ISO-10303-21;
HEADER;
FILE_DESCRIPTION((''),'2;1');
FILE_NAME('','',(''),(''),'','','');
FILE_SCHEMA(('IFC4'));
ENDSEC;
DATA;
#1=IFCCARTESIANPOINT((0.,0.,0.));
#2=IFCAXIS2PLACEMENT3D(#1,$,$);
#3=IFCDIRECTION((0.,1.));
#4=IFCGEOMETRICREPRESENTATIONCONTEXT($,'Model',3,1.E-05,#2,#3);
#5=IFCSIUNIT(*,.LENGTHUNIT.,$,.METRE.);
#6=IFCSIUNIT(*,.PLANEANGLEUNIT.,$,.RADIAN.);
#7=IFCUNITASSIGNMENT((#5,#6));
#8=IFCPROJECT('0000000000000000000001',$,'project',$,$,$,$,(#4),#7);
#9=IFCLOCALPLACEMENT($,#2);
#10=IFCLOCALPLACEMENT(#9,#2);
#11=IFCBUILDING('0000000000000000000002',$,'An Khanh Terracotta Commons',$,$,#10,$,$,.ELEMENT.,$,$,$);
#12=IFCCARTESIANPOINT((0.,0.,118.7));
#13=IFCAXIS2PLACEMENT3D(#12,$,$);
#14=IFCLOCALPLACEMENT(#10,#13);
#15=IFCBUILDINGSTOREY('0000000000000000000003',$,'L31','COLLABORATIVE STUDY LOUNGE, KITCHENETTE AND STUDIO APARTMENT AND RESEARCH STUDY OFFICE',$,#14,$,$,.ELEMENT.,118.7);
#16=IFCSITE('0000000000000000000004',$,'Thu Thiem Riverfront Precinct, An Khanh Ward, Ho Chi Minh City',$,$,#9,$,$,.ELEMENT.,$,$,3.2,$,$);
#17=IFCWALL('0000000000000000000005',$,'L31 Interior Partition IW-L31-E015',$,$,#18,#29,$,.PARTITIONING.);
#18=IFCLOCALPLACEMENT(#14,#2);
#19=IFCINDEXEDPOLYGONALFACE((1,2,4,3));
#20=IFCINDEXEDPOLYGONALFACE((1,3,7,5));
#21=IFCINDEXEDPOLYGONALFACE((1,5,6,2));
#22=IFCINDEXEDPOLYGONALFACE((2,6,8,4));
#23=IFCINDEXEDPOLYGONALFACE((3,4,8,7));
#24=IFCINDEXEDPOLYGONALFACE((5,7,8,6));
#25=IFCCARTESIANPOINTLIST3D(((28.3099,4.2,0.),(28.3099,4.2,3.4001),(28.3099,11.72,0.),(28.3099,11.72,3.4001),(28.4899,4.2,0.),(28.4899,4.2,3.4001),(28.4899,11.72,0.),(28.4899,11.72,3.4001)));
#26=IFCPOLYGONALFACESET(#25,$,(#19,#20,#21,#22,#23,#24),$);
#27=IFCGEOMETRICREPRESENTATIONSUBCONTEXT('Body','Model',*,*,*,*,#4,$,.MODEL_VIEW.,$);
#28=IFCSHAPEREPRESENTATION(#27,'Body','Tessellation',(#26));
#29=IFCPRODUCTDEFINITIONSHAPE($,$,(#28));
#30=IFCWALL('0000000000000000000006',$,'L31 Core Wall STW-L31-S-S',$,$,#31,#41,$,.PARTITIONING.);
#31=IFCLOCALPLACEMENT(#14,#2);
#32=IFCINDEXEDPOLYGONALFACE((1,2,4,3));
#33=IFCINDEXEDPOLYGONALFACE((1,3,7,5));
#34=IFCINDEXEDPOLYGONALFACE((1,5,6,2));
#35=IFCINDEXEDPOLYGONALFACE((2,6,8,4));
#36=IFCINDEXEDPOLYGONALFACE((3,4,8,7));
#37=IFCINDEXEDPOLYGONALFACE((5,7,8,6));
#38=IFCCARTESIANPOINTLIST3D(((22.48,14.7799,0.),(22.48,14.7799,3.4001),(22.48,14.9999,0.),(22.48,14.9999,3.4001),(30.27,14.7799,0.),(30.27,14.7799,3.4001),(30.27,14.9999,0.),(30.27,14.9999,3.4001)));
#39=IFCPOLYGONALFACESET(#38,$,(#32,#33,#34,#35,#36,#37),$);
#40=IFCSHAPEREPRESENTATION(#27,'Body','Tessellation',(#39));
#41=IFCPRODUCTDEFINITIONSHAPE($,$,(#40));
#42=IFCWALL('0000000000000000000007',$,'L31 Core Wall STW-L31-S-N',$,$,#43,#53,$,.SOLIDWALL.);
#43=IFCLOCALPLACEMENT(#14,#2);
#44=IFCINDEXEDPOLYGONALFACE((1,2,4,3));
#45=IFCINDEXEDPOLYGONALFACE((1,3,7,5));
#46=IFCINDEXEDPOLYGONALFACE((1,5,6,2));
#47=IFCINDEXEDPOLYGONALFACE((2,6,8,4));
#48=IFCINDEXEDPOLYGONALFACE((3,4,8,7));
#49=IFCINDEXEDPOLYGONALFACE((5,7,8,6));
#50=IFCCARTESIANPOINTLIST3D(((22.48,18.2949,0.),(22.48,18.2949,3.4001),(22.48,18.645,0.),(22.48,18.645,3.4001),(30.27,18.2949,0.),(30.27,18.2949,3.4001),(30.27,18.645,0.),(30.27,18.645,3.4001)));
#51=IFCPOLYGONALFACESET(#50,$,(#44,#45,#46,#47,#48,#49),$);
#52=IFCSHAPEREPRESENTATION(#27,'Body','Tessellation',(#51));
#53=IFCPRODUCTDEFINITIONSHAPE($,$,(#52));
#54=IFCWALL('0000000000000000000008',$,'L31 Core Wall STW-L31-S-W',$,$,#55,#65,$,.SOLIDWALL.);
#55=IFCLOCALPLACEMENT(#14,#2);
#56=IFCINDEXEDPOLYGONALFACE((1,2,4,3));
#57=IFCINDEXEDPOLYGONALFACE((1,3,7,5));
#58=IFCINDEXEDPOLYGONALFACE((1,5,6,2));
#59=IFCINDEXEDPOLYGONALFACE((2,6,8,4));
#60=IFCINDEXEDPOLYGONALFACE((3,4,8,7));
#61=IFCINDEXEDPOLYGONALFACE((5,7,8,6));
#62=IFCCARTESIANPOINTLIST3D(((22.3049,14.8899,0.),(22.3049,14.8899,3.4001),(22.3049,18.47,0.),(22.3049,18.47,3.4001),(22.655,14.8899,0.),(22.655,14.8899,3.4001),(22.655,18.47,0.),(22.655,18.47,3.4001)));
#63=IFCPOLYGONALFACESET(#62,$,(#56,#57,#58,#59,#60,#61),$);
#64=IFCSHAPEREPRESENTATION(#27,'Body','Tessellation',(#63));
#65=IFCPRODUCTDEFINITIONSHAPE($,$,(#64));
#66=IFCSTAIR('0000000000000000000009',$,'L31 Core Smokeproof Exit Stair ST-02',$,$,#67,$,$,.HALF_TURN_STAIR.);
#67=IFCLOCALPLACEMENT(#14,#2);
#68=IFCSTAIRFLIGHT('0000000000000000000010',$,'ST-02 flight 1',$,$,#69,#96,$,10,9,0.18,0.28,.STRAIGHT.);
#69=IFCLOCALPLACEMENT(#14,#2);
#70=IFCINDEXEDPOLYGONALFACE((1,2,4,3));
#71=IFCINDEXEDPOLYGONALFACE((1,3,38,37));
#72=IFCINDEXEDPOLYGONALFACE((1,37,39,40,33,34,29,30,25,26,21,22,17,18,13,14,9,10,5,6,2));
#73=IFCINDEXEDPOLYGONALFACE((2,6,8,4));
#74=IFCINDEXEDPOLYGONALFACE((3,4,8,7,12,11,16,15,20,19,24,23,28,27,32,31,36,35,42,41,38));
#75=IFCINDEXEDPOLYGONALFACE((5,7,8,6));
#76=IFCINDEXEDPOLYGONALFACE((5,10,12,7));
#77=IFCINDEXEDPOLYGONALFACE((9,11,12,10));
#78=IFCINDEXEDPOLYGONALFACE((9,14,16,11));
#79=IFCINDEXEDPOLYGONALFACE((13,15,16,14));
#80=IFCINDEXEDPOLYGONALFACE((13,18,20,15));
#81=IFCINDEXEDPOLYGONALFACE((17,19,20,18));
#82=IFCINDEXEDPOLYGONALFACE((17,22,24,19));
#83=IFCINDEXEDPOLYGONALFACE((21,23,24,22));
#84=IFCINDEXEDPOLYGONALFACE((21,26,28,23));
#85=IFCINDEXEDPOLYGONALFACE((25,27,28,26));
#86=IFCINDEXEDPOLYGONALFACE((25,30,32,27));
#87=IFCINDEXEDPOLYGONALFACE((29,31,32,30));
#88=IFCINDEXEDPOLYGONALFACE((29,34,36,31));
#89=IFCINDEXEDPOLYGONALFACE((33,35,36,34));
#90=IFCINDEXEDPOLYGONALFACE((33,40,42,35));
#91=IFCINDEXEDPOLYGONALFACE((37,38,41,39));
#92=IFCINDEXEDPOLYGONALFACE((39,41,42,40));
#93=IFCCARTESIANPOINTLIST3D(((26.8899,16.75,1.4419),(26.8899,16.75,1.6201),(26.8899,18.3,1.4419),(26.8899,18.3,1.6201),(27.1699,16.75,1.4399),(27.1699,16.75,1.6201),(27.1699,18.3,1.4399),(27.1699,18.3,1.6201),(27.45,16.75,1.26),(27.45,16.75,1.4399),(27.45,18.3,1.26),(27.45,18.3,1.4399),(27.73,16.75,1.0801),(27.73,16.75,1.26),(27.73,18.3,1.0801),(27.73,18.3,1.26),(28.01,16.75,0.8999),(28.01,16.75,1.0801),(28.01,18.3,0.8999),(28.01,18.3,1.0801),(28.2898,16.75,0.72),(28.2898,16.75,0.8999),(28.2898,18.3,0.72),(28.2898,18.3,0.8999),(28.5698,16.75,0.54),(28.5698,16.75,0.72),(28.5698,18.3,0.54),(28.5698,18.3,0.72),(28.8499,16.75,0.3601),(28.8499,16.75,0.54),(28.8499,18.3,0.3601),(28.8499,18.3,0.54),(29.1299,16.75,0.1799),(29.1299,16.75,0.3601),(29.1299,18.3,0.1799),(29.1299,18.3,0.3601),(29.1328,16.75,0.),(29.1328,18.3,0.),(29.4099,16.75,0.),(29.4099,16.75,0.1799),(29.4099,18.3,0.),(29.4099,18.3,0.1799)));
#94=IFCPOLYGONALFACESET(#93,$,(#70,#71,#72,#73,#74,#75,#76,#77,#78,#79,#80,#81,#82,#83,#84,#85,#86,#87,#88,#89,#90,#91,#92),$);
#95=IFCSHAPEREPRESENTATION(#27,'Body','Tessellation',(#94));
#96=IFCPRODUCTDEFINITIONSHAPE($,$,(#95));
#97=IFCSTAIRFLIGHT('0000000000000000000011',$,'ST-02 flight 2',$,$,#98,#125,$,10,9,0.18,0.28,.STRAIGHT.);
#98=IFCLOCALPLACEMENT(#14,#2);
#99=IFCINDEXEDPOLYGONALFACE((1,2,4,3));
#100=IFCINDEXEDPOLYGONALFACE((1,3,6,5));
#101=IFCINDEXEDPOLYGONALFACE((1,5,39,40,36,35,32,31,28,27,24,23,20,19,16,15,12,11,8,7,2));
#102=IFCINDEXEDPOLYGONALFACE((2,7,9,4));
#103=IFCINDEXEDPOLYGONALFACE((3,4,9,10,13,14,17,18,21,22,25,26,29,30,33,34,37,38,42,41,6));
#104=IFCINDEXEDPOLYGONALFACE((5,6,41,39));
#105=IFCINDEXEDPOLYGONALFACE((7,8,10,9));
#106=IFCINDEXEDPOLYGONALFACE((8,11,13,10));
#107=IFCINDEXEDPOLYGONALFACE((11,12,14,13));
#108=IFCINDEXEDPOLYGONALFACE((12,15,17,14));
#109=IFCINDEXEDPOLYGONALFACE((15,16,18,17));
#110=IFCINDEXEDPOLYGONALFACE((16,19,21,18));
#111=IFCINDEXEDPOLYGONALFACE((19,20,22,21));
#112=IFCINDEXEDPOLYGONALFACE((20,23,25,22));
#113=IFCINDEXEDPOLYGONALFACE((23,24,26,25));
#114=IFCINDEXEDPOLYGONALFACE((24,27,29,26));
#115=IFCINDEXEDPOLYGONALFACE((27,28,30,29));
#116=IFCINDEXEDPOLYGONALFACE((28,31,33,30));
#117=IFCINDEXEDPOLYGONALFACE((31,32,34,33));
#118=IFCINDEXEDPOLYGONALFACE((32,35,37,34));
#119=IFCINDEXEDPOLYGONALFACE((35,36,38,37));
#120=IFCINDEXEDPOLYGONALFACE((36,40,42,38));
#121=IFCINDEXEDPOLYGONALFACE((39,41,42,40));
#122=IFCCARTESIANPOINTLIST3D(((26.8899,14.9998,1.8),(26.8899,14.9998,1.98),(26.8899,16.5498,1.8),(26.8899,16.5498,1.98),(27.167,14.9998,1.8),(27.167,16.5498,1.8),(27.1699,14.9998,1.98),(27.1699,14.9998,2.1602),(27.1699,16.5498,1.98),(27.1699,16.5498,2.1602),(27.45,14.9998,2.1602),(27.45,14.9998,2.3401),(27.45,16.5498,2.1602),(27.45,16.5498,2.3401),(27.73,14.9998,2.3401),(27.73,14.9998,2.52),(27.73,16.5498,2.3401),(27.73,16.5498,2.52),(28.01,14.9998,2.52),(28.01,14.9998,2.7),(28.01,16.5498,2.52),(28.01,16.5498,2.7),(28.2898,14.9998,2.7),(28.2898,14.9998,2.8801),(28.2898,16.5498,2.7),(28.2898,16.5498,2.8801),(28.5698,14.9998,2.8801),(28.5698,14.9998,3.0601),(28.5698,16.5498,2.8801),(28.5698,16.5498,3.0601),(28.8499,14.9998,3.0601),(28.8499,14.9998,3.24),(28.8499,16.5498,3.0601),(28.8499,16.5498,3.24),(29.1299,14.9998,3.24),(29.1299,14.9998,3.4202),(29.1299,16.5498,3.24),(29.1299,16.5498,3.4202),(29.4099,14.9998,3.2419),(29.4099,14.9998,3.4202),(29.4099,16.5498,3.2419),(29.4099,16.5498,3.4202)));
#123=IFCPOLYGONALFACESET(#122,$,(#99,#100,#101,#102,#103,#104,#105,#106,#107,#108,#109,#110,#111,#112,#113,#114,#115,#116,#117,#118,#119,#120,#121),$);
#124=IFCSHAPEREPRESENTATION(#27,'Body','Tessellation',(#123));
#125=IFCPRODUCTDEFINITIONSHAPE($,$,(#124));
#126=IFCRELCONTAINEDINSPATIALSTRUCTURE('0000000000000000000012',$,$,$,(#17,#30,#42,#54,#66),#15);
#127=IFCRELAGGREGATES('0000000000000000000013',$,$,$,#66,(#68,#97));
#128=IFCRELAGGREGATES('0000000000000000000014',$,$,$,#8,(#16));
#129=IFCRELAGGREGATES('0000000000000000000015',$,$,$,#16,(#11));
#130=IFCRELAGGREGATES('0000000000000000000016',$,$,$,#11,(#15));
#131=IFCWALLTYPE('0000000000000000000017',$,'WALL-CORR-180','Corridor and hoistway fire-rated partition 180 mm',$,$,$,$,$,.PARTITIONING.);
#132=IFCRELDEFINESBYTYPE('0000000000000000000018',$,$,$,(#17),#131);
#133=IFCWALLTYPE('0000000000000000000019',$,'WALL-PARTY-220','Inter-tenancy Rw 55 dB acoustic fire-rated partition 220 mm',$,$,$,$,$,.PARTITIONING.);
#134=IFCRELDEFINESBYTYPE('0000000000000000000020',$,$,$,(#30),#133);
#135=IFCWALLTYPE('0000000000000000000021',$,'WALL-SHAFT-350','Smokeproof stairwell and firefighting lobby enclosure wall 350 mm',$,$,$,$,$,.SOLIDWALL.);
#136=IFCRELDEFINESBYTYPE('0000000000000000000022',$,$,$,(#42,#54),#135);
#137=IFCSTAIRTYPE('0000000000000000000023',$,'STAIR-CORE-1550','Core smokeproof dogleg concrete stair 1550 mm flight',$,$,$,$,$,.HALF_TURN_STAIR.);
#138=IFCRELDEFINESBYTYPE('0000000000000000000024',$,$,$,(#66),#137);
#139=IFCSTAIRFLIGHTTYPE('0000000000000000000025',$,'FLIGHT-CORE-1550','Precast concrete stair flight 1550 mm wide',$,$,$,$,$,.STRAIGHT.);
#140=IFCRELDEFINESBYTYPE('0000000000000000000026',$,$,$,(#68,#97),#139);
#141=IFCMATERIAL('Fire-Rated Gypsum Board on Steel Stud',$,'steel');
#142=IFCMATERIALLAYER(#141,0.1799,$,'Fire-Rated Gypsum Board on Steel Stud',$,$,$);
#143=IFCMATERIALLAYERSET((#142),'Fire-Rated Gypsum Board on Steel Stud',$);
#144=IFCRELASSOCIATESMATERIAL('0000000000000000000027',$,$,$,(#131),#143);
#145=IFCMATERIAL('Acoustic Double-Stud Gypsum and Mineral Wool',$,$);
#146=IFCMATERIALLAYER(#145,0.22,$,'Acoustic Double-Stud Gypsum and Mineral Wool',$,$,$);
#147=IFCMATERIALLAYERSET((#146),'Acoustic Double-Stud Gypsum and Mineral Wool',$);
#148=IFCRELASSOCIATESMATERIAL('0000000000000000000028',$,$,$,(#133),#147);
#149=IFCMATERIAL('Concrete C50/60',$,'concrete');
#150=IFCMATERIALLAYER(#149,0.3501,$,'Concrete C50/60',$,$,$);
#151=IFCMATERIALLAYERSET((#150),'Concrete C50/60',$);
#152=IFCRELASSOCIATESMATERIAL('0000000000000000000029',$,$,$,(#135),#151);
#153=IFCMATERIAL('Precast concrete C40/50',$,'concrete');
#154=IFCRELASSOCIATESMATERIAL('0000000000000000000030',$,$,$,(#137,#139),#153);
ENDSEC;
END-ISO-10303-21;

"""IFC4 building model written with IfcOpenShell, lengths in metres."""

from ifc_helpers import new_model, si_unit, direction, frame, frame_2d, origin, place, context, subcontext, project, spatial, polyline, rectangle, outline, extrude, material, layer, layer_set, type_object, element, aggregate, save


model = new_model("IFC4")

# Units and contexts
model_context = context("Model", 3, precision=1e-05, world=origin(), true_north=direction((0.0, 1.0)))
body_context = subcontext(model_context, "Body", "Model", "MODEL_VIEW")
ifc_project = project(units=[si_unit("LENGTHUNIT", "METRE"), si_unit("PLANEANGLEUNIT", "RADIAN")], contexts=[model_context])

# Site, building, storey
site_placement = place(None, origin())
site = spatial("IfcSite", under=ifc_project, at=site_placement, Name="Thu Thiem Riverfront Precinct, An Khanh Ward, Ho Chi Minh City", CompositionType="ELEMENT", RefElevation=3.2)
building_placement = place(site_placement, origin())
building = spatial("IfcBuilding", under=site, at=building_placement, Name="An Khanh Terracotta Commons", CompositionType="ELEMENT")
storey_placement = place(building_placement, frame((0.0, 0.0, 118.7)))
storey = spatial("IfcBuildingStorey", under=building, at=storey_placement, Name="L31", Description="COLLABORATIVE STUDY LOUNGE, KITCHENETTE AND STUDIO APARTMENT AND RESEARCH STUDY OFFICE", CompositionType="ELEMENT", Elevation=118.7)

# Shared definitions
ifc_material_1 = material(Name="Fire-Rated Gypsum Board on Steel Stud", Category="steel")
ifc_layer_1 = layer(ifc_material_1, 0.1799, Name="Fire-Rated Gypsum Board on Steel Stud")
ifc_layer_set_1 = layer_set([ifc_layer_1], Name="Fire-Rated Gypsum Board on Steel Stud")
wall_type_1 = type_object("IfcWallType", Name="WALL-CORR-180", Description="Corridor and hoistway fire-rated partition 180 mm", PredefinedType="PARTITIONING", material=ifc_layer_set_1)

# Walls
for number, where, z_axis, x_axis, name in (
    (1, (28.3999, 4.2, 0.0), (0.0, 0.0, 1.0), (0.0, 1.0, 0.0), "L31 Interior Partition IW-L31-E015"),
):
    element("IfcWall", number, at=place(storey_placement, frame(where, z_axis=z_axis, x_axis=x_axis)), inside=storey, type_object=wall_type_1, Name=name, PredefinedType="PARTITIONING", context=body_context, shape_type="SweptSolid", body=[
        extrude(rectangle(XDim=7.52, YDim=0.1799, at=frame_2d((3.76, 0.0))), origin(), (0.0, 0.0, 1.0), 3.4001),
    ])
ifc_material_2 = material(Name="Acoustic Double-Stud Gypsum and Mineral Wool")
ifc_layer_2 = layer(ifc_material_2, 0.22, Name="Acoustic Double-Stud Gypsum and Mineral Wool")
ifc_layer_set_2 = layer_set([ifc_layer_2], Name="Acoustic Double-Stud Gypsum and Mineral Wool")
wall_type_2 = type_object("IfcWallType", Name="WALL-PARTY-220", Description="Inter-tenancy Rw 55 dB acoustic fire-rated partition 220 mm", PredefinedType="PARTITIONING", material=ifc_layer_set_2)
wall_1_placement = place(storey_placement, frame((22.48, 14.8899, 0.0), z_axis=(0.0, 0.0, 1.0), x_axis=(1.0, 0.0, 0.0)))
element("IfcWall", 2, at=wall_1_placement, inside=storey, type_object=wall_type_2, Name="L31 Core Wall STW-L31-S-S", PredefinedType="PARTITIONING", context=body_context, shape_type="SweptSolid", body=[
    extrude(rectangle(XDim=7.79, YDim=0.22, at=frame_2d((3.895, 0.0))), origin(), (0.0, 0.0, 1.0), 3.4001),
])
ifc_material_3 = material(Name="Concrete C50/60", Category="concrete")
ifc_layer_3 = layer(ifc_material_3, 0.3501, Name="Concrete C50/60")
ifc_layer_set_3 = layer_set([ifc_layer_3], Name="Concrete C50/60")
wall_type_3 = type_object("IfcWallType", Name="WALL-SHAFT-350", Description="Smokeproof stairwell and firefighting lobby enclosure wall 350 mm", PredefinedType="SOLIDWALL", material=ifc_layer_set_3)
wall_2_placement = place(storey_placement, frame((22.48, 18.47, 0.0), z_axis=(0.0, 0.0, 1.0), x_axis=(1.0, 0.0, 0.0)))
element("IfcWall", 3, at=wall_2_placement, inside=storey, type_object=wall_type_3, Name="L31 Core Wall STW-L31-S-N", PredefinedType="SOLIDWALL", context=body_context, shape_type="SweptSolid", body=[
    extrude(rectangle(XDim=7.79, YDim=0.3501, at=frame_2d((3.895, 0.0))), origin(), (0.0, 0.0, 1.0), 3.4001),
])
wall_3_placement = place(storey_placement, frame((22.48, 14.8899, 0.0), z_axis=(0.0, 0.0, 1.0), x_axis=(0.0, 1.0, 0.0)))
element("IfcWall", 4, at=wall_3_placement, inside=storey, type_object=wall_type_3, Name="L31 Core Wall STW-L31-S-W", PredefinedType="SOLIDWALL", context=body_context, shape_type="SweptSolid", body=[
    extrude(rectangle(XDim=3.5801, YDim=0.3501, at=frame_2d((1.79, 0.0))), origin(), (0.0, 0.0, 1.0), 3.4001),
])

# Stair, stair flights
ifc_material_4 = material(Name="Precast concrete C40/50", Category="concrete")
stair_type = type_object("IfcStairType", Name="STAIR-CORE-1550", Description="Core smokeproof dogleg concrete stair 1550 mm flight", PredefinedType="HALF_TURN_STAIR", material=ifc_material_4)
stair_placement = place(storey_placement, origin())
stair = element("IfcStair", 5, at=stair_placement, inside=storey, type_object=stair_type, Name="L31 Core Smokeproof Exit Stair ST-02", PredefinedType="HALF_TURN_STAIR")
stair_flight_type = type_object("IfcStairFlightType", Name="FLIGHT-CORE-1550", Description="Precast concrete stair flight 1550 mm wide", PredefinedType="STRAIGHT", material=ifc_material_4)
stair_flight_1_placement = place(storey_placement, frame((29.4099, 17.5249, 0.0), z_axis=(0.0, 0.0, 1.0), x_axis=(-1.0, 0.0, 0.0)))
stair_flight_1 = element("IfcStairFlight", 6, at=stair_flight_1_placement, type_object=stair_flight_type, Name="ST-02 flight 1", NumberOfRisers=10, NumberOfTreads=9, PredefinedType="STRAIGHT", RiserHeight=0.18, TreadLength=0.28, context=body_context, shape_type="SweptSolid", body=[
    extrude(outline(polyline([(0.0, 0.0), (0.0, 0.1799), (0.28, 0.1799), (0.28, 0.3601), (0.5601, 0.3601), (0.5601, 0.54), (0.8401, 0.54), (0.8401, 0.72), (1.1201, 0.72), (1.1201, 0.8999), (1.3999, 0.8999), (1.3999, 1.0801), (1.6799, 1.0801), (1.6799, 1.26), (1.96, 1.26), (1.96, 1.4399), (2.24, 1.4399), (2.24, 1.6201), (2.52, 1.6201), (2.52, 1.8), (2.52, 1.4419), (0.2771, 0.0), (0.0, 0.0)])), frame((0.0, 0.7749, 0.0), z_axis=(0.0, -1.0, 0.0), x_axis=(1.0, 0.0, 0.0)), (0.0, 0.0, 1.0), 1.55),
])
stair_flight_2_placement = place(storey_placement, frame((26.8899, 15.7749, 1.8), z_axis=(0.0, 0.0, 1.0), x_axis=(1.0, 0.0, 0.0)))
stair_flight_2 = element("IfcStairFlight", 7, at=stair_flight_2_placement, type_object=stair_flight_type, Name="ST-02 flight 2", NumberOfRisers=10, NumberOfTreads=9, PredefinedType="STRAIGHT", RiserHeight=0.18, TreadLength=0.28, context=body_context, shape_type="SweptSolid", body=[
    extrude(outline(polyline([(0.0, 0.0), (0.0, 0.1799), (0.28, 0.1799), (0.28, 0.3601), (0.5601, 0.3601), (0.5601, 0.54), (0.8401, 0.54), (0.8401, 0.72), (1.1201, 0.72), (1.1201, 0.8999), (1.3999, 0.8999), (1.3999, 1.0801), (1.6799, 1.0801), (1.6799, 1.26), (1.96, 1.26), (1.96, 1.4399), (2.24, 1.4399), (2.24, 1.6201), (2.52, 1.6201), (2.52, 1.8), (2.52, 1.4419), (0.2771, 0.0), (0.0, 0.0)])), frame((0.0, 0.7749, 0.0), z_axis=(0.0, -1.0, 0.0), x_axis=(1.0, 0.0, 0.0)), (0.0, 0.0, 1.0), 1.55),
])
aggregate(stair, [stair_flight_1, stair_flight_2])

save(model, "model.ifc")
